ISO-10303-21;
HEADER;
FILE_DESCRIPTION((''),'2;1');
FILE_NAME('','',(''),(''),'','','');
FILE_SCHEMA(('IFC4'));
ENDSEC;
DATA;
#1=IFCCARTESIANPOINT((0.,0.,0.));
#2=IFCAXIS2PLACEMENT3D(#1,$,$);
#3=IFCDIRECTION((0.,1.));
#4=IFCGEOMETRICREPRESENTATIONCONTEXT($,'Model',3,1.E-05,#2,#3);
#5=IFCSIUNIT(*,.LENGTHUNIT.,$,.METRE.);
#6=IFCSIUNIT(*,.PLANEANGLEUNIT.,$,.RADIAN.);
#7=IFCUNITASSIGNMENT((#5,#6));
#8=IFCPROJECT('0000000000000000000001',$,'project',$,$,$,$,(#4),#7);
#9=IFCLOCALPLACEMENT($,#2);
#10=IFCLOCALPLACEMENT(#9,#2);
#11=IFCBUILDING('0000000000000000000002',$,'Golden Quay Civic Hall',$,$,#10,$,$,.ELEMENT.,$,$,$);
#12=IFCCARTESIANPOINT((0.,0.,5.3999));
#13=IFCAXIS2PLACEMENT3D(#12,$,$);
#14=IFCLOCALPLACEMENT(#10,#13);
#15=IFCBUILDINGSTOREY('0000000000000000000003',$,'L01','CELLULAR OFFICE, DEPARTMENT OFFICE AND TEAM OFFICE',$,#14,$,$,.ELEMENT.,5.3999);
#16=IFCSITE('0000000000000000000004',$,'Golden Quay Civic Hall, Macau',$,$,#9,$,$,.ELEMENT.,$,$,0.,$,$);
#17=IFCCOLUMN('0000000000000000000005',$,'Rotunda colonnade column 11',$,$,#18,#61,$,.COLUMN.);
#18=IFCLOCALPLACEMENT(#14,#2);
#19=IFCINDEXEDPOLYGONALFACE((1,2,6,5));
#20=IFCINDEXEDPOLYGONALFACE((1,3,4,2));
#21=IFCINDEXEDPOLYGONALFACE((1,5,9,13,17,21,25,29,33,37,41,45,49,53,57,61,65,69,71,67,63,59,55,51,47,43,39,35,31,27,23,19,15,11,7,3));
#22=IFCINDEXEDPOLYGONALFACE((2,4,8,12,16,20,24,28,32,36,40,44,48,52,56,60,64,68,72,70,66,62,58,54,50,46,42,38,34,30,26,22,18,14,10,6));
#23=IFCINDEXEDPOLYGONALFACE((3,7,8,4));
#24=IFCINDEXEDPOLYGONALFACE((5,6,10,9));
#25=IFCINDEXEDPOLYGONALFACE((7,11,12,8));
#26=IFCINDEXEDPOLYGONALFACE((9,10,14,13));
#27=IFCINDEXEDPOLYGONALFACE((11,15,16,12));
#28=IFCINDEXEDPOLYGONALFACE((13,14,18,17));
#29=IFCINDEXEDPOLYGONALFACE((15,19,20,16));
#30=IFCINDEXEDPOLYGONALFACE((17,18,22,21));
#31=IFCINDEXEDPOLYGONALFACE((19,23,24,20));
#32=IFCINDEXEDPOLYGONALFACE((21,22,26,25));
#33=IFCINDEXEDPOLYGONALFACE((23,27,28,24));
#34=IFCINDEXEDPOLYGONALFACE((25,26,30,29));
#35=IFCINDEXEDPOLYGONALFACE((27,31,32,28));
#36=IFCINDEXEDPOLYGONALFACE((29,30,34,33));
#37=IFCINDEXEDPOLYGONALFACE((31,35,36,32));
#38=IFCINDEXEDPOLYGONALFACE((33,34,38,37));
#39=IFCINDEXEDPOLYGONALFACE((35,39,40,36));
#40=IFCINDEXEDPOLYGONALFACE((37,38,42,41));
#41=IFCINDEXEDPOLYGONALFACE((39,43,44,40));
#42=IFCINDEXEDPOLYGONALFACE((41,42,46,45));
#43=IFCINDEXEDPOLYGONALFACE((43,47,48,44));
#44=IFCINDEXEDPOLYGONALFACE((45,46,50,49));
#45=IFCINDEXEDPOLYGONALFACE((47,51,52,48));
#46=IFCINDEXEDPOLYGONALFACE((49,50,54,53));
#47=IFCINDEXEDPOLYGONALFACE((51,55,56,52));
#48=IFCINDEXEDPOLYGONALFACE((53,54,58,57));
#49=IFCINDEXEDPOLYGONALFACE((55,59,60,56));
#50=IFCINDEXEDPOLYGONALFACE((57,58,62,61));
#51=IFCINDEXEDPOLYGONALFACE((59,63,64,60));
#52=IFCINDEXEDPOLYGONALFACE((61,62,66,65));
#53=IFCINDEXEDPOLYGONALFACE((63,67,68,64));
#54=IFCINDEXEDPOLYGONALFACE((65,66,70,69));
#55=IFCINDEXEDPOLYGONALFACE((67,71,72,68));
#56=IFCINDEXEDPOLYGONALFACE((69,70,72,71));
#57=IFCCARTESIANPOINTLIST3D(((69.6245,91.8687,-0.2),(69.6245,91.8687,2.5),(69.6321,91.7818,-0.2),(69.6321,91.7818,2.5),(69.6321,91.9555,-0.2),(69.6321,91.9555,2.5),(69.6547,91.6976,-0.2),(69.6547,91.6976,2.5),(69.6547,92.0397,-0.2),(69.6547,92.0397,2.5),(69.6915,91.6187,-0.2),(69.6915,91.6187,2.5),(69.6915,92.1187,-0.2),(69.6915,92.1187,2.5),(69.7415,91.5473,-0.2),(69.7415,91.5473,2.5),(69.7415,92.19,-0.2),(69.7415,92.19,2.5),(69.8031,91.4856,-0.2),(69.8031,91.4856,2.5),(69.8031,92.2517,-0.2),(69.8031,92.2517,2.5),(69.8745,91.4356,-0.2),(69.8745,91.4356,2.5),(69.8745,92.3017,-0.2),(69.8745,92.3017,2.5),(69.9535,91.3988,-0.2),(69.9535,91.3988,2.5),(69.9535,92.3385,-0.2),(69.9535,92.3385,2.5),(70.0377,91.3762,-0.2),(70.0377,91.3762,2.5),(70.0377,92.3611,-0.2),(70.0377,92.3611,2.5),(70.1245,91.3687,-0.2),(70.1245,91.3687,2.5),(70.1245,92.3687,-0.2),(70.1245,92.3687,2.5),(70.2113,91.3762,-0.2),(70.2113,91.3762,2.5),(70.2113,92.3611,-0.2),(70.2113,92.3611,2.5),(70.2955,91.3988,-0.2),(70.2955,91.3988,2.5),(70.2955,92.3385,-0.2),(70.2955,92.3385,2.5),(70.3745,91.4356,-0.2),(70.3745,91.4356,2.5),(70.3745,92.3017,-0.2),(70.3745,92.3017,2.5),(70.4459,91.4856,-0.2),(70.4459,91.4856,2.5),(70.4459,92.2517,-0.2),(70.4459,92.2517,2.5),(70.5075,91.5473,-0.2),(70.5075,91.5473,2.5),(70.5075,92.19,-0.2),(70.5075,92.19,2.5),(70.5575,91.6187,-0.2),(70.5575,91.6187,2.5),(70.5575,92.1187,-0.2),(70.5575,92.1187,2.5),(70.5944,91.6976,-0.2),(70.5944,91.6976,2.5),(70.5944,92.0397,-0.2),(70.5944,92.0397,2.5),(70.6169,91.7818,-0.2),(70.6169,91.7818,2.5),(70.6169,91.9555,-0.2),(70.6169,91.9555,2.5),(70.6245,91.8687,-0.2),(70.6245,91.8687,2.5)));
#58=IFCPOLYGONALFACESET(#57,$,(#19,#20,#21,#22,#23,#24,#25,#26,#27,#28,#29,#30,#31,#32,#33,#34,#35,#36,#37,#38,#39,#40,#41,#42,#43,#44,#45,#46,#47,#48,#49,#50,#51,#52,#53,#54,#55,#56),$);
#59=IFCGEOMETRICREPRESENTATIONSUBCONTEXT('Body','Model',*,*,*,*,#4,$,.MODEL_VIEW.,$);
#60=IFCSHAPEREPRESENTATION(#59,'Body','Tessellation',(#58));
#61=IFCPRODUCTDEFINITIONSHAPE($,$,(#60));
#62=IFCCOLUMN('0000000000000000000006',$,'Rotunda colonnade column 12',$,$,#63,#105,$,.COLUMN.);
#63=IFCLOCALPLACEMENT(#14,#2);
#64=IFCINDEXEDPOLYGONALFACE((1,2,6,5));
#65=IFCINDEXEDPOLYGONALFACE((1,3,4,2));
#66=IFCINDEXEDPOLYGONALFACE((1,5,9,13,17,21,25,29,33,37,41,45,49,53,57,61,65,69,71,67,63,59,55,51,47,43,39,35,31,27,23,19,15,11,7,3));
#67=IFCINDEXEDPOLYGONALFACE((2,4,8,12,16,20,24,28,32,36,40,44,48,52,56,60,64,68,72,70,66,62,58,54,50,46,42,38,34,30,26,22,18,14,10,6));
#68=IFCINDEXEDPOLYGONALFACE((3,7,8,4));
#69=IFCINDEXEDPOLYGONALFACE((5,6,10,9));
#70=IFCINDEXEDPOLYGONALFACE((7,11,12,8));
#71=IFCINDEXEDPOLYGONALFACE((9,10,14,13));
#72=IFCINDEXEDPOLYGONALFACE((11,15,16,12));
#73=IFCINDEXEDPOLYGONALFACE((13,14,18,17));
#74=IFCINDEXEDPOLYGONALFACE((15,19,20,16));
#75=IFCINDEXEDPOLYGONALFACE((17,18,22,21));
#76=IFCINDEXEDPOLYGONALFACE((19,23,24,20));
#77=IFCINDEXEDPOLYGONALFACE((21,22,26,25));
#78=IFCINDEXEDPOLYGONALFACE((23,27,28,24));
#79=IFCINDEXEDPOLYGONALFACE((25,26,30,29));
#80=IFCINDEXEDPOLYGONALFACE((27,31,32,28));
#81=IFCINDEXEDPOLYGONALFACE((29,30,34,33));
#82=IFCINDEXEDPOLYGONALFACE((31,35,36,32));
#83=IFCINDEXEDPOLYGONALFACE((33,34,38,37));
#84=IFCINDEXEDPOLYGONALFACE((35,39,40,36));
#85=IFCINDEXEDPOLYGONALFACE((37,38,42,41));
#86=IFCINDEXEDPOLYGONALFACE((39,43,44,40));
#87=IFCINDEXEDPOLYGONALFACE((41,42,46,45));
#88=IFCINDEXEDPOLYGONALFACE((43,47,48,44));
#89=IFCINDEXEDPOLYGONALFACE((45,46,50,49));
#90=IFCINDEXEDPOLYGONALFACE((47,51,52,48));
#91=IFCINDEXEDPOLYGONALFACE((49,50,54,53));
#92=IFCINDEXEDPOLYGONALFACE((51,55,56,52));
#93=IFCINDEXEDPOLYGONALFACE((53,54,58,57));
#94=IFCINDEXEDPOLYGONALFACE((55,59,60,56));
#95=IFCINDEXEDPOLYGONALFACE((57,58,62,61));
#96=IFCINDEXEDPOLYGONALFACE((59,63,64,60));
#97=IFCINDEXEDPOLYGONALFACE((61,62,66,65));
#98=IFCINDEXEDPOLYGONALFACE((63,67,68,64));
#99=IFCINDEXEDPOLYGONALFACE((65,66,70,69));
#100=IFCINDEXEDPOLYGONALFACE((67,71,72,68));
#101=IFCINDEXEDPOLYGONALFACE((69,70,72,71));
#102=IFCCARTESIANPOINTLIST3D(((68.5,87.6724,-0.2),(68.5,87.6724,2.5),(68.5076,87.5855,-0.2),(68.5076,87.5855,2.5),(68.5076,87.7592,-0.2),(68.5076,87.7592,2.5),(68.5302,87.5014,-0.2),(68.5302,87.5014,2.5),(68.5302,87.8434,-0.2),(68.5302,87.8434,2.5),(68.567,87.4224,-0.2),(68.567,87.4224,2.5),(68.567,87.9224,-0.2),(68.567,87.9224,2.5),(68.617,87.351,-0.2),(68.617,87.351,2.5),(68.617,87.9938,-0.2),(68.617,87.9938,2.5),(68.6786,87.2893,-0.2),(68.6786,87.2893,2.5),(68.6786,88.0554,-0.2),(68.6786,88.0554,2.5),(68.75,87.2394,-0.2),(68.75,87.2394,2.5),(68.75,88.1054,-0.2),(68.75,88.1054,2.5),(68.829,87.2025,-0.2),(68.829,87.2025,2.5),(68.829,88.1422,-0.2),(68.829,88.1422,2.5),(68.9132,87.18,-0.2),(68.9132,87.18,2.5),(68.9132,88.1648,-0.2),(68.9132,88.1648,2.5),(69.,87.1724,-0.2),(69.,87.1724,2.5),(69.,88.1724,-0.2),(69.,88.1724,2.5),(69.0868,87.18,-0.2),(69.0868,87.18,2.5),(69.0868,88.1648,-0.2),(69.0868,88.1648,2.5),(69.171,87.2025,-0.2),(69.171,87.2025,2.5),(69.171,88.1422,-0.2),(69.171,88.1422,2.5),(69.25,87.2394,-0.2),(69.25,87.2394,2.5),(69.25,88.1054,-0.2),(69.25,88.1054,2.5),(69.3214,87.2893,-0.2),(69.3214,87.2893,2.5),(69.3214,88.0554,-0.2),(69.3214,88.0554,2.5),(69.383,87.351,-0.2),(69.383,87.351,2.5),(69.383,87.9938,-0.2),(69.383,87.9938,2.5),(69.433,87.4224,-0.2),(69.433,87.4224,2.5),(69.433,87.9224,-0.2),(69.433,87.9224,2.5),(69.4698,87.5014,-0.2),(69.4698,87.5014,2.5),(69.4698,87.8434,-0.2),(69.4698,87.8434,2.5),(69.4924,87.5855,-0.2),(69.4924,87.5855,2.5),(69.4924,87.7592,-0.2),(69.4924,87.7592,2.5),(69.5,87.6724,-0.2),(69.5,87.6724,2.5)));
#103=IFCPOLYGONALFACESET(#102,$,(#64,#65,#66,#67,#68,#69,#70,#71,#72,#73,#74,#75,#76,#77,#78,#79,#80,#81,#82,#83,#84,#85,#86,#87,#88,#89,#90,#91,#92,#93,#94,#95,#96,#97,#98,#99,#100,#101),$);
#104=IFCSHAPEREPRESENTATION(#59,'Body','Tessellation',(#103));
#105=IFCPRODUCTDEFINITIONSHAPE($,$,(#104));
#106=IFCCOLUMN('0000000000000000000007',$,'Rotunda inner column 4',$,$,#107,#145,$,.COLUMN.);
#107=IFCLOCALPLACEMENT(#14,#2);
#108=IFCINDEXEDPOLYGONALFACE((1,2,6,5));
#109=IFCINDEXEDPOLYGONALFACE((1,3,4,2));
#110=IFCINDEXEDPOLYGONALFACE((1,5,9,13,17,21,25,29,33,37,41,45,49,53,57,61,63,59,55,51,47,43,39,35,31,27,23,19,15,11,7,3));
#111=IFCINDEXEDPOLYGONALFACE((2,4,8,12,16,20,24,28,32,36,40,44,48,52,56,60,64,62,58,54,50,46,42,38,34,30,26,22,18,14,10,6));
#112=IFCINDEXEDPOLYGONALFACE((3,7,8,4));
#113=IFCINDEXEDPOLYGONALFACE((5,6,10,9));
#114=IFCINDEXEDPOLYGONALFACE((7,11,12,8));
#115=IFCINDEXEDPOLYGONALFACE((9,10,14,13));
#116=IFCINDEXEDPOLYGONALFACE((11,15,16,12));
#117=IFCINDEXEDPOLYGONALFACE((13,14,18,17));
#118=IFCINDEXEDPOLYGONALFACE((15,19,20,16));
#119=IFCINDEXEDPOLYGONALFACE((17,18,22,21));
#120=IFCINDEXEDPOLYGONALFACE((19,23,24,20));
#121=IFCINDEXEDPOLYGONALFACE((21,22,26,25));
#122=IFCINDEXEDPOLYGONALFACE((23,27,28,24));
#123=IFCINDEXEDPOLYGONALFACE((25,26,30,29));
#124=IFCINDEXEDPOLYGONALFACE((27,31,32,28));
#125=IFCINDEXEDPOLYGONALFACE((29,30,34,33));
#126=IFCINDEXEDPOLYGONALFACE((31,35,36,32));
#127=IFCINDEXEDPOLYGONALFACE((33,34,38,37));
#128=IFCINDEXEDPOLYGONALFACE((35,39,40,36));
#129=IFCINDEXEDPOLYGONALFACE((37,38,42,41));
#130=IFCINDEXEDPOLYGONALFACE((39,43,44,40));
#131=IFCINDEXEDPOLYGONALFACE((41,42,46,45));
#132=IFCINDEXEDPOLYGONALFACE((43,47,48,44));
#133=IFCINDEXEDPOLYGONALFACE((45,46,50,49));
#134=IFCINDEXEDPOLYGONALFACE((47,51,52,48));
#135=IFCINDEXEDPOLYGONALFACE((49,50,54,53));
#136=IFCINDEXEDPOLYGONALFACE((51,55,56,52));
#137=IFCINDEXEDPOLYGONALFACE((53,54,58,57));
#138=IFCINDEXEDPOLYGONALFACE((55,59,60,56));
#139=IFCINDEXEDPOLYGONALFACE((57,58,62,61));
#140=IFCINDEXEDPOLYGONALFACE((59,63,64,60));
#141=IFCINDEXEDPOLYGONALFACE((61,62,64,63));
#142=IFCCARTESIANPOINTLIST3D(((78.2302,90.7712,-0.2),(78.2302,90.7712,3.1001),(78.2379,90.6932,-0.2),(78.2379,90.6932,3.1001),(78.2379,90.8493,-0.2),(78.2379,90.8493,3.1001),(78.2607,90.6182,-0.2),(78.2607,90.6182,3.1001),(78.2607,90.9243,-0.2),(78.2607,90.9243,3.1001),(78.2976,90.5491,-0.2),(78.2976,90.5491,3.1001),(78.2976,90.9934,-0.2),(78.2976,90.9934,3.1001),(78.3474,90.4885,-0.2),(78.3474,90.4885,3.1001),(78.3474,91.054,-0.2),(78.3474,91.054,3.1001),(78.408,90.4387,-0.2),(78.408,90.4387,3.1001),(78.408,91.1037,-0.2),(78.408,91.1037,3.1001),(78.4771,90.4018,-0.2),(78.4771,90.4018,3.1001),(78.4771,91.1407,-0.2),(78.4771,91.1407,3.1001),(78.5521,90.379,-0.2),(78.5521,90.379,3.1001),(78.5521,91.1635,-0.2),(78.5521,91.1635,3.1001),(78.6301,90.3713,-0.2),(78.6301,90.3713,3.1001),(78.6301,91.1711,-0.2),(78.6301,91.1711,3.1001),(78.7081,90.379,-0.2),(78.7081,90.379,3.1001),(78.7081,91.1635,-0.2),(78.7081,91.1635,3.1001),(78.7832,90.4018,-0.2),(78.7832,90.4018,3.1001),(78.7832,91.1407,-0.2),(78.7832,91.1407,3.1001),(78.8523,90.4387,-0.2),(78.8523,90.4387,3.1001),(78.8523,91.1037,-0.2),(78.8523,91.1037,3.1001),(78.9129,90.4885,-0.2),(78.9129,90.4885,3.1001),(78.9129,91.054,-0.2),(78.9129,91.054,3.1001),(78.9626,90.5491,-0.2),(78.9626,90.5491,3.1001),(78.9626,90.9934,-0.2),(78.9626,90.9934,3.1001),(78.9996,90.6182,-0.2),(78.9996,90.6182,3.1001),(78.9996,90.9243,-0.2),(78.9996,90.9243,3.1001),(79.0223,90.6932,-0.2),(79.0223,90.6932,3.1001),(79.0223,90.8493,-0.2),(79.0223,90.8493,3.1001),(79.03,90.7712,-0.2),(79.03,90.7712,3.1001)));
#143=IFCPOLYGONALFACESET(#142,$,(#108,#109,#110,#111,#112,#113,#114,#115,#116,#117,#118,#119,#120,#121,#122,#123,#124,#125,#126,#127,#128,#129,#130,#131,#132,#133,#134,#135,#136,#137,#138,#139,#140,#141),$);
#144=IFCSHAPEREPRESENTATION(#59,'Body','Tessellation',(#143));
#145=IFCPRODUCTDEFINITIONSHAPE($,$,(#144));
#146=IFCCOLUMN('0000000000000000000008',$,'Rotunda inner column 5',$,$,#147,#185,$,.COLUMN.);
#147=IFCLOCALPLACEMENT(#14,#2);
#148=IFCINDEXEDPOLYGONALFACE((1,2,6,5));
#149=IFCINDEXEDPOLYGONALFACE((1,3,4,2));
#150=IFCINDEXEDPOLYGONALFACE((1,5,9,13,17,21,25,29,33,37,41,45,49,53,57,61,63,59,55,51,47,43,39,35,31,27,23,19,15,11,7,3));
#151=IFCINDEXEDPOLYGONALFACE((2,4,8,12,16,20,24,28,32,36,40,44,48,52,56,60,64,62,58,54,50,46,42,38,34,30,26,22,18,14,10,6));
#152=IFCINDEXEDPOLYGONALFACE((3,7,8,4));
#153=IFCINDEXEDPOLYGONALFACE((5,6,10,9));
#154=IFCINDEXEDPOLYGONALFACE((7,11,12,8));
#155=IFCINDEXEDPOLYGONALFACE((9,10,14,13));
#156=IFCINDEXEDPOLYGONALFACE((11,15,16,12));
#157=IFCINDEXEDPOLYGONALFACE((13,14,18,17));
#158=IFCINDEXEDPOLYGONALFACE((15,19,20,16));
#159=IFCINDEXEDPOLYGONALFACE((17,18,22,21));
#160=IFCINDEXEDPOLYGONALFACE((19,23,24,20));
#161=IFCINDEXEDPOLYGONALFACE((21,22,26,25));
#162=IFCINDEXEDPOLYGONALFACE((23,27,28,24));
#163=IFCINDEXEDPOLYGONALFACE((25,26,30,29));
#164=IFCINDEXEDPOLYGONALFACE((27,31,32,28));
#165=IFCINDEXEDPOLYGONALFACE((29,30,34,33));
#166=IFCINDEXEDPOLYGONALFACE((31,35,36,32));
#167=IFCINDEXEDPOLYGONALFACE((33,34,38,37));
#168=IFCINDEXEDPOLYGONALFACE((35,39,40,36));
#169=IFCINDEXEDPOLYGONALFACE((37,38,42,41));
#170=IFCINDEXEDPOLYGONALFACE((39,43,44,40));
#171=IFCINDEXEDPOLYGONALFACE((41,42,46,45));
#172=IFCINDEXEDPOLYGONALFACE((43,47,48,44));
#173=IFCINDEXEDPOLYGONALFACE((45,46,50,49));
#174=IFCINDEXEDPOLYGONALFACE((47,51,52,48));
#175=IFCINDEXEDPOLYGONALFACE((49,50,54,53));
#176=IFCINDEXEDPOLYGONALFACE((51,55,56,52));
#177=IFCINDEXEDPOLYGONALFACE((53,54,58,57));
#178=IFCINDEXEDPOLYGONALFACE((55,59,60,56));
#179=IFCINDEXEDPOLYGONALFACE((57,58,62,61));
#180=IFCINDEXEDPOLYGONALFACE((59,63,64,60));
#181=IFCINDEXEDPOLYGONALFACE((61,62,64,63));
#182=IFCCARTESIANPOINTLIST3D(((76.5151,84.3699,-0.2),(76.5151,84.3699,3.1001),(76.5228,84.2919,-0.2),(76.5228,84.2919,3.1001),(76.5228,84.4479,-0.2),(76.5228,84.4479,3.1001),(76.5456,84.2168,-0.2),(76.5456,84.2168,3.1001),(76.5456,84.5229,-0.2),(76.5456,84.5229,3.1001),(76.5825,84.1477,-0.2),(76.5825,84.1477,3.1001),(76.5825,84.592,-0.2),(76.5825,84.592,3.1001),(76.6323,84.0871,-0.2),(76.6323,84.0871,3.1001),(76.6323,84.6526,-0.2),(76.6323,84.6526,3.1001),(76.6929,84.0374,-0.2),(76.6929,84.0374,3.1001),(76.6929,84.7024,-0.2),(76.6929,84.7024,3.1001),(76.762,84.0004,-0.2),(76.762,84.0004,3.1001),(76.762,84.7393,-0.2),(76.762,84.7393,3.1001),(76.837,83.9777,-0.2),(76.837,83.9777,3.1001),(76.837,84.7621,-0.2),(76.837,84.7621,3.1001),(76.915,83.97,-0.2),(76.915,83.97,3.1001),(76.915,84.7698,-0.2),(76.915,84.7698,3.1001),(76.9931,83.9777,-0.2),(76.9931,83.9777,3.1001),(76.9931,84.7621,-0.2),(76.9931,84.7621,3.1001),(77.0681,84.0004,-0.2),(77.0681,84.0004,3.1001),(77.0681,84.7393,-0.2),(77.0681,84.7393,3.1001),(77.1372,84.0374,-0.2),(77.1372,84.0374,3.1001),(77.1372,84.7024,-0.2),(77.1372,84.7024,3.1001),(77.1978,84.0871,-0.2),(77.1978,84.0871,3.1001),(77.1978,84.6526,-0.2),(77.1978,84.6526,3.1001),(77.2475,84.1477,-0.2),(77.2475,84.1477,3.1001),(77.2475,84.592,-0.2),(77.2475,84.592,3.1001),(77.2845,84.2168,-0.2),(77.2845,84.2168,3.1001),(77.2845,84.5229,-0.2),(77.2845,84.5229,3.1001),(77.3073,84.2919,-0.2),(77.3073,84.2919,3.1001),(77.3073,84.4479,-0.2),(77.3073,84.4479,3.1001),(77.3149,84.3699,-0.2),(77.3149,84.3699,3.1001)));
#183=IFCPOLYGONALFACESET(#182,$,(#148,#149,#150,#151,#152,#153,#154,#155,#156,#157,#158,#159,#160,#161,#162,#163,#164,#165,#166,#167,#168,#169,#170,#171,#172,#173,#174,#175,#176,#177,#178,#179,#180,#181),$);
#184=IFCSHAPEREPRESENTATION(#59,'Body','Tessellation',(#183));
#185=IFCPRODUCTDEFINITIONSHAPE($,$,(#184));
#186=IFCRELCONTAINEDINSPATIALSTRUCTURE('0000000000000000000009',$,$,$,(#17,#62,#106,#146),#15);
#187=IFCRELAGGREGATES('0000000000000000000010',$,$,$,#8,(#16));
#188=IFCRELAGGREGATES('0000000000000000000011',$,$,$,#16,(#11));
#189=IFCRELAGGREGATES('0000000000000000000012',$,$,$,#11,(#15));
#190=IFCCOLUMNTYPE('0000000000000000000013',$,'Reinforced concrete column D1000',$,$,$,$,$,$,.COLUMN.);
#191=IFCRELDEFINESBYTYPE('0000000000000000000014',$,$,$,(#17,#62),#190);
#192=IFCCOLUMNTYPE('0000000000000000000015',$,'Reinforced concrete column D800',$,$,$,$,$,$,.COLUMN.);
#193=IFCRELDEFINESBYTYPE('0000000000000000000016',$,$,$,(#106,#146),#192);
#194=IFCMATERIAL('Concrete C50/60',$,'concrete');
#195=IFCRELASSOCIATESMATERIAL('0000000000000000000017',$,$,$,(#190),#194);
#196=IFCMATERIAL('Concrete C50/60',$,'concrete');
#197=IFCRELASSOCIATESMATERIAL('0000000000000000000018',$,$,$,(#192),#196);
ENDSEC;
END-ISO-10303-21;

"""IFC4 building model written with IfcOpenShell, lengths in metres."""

from ifc_helpers import new_model, si_unit, direction, frame, origin, origin_2d, place, context, subcontext, project, spatial, circle, extrude, material, material_profile, profile_set, type_object, element, save


model = new_model("IFC4")

# Units and contexts
model_context = context("Model", 3, precision=1e-05, world=origin(), true_north=direction((0.0, 1.0)))
body_context = subcontext(model_context, "Body", "Model", "MODEL_VIEW")
ifc_project = project(units=[si_unit("LENGTHUNIT", "METRE"), si_unit("PLANEANGLEUNIT", "RADIAN")], contexts=[model_context])

# Site, building, storey
site_placement = place(None, origin())
site = spatial("IfcSite", under=ifc_project, at=site_placement, Name="Golden Quay Civic Hall, Macau", CompositionType="ELEMENT", RefElevation=0.0)
building_placement = place(site_placement, origin())
building = spatial("IfcBuilding", under=site, at=building_placement, Name="Golden Quay Civic Hall", CompositionType="ELEMENT")
storey_placement = place(building_placement, frame((0.0, 0.0, 5.3999)))
storey = spatial("IfcBuildingStorey", under=building, at=storey_placement, Name="L01", Description="CELLULAR OFFICE, DEPARTMENT OFFICE AND TEAM OFFICE", CompositionType="ELEMENT", Elevation=5.3999)

# Columns
ifc_material_1 = material(Name="Concrete C50/60", Category="concrete")
ifc_material_profile_1 = material_profile(ifc_material_1, circle(Radius=0.5, at=origin_2d()), Name="RC D1000")
ifc_profile_set_1 = profile_set([ifc_material_profile_1], Name="Concrete C50/60")
column_type_1 = type_object("IfcColumnType", Name="Reinforced concrete column D1000", PredefinedType="COLUMN", material=ifc_profile_set_1)
for number, where, z_axis, x_axis, name in (
    (1, (70.1245, 91.8687, -0.2), (0.0, 0.0, 1.0), (1.0, 0.0, 0.0), "Rotunda colonnade column 11"),
    (2, (69.0, 87.6724, -0.2), (0.0, 0.0, 1.0), (1.0, 0.0, 0.0), "Rotunda colonnade column 12"),
):
    element("IfcColumn", number, at=place(storey_placement, frame(where, z_axis=z_axis, x_axis=x_axis)), inside=storey, type_object=column_type_1, Name=name, PredefinedType="COLUMN", context=body_context, shape_type="SweptSolid", body=[
        extrude(circle(Radius=0.5, at=origin_2d()), origin(), (0.0, 0.0, 1.0), 2.7),
    ])
ifc_material_2 = material(Name="Concrete C50/60", Category="concrete")
ifc_material_profile_2 = material_profile(ifc_material_2, circle(Radius=0.3999, at=origin_2d()), Name="RC D800")
ifc_profile_set_2 = profile_set([ifc_material_profile_2], Name="Concrete C50/60")
column_type_2 = type_object("IfcColumnType", Name="Reinforced concrete column D800", PredefinedType="COLUMN", material=ifc_profile_set_2)
for number, where, z_axis, x_axis, name in (
    (3, (78.6301, 90.7712, -0.2), (0.0, 0.0, 1.0), (1.0, 0.0, 0.0), "Rotunda inner column 4"),
    (4, (76.915, 84.3699, -0.2), (0.0, 0.0, 1.0), (1.0, 0.0, 0.0), "Rotunda inner column 5"),
):
    element("IfcColumn", number, at=place(storey_placement, frame(where, z_axis=z_axis, x_axis=x_axis)), inside=storey, type_object=column_type_2, Name=name, PredefinedType="COLUMN", context=body_context, shape_type="SweptSolid", body=[
        extrude(circle(Radius=0.3999, at=origin_2d()), origin(), (0.0, 0.0, 1.0), 3.3),
    ])

save(model, "model.ifc")
